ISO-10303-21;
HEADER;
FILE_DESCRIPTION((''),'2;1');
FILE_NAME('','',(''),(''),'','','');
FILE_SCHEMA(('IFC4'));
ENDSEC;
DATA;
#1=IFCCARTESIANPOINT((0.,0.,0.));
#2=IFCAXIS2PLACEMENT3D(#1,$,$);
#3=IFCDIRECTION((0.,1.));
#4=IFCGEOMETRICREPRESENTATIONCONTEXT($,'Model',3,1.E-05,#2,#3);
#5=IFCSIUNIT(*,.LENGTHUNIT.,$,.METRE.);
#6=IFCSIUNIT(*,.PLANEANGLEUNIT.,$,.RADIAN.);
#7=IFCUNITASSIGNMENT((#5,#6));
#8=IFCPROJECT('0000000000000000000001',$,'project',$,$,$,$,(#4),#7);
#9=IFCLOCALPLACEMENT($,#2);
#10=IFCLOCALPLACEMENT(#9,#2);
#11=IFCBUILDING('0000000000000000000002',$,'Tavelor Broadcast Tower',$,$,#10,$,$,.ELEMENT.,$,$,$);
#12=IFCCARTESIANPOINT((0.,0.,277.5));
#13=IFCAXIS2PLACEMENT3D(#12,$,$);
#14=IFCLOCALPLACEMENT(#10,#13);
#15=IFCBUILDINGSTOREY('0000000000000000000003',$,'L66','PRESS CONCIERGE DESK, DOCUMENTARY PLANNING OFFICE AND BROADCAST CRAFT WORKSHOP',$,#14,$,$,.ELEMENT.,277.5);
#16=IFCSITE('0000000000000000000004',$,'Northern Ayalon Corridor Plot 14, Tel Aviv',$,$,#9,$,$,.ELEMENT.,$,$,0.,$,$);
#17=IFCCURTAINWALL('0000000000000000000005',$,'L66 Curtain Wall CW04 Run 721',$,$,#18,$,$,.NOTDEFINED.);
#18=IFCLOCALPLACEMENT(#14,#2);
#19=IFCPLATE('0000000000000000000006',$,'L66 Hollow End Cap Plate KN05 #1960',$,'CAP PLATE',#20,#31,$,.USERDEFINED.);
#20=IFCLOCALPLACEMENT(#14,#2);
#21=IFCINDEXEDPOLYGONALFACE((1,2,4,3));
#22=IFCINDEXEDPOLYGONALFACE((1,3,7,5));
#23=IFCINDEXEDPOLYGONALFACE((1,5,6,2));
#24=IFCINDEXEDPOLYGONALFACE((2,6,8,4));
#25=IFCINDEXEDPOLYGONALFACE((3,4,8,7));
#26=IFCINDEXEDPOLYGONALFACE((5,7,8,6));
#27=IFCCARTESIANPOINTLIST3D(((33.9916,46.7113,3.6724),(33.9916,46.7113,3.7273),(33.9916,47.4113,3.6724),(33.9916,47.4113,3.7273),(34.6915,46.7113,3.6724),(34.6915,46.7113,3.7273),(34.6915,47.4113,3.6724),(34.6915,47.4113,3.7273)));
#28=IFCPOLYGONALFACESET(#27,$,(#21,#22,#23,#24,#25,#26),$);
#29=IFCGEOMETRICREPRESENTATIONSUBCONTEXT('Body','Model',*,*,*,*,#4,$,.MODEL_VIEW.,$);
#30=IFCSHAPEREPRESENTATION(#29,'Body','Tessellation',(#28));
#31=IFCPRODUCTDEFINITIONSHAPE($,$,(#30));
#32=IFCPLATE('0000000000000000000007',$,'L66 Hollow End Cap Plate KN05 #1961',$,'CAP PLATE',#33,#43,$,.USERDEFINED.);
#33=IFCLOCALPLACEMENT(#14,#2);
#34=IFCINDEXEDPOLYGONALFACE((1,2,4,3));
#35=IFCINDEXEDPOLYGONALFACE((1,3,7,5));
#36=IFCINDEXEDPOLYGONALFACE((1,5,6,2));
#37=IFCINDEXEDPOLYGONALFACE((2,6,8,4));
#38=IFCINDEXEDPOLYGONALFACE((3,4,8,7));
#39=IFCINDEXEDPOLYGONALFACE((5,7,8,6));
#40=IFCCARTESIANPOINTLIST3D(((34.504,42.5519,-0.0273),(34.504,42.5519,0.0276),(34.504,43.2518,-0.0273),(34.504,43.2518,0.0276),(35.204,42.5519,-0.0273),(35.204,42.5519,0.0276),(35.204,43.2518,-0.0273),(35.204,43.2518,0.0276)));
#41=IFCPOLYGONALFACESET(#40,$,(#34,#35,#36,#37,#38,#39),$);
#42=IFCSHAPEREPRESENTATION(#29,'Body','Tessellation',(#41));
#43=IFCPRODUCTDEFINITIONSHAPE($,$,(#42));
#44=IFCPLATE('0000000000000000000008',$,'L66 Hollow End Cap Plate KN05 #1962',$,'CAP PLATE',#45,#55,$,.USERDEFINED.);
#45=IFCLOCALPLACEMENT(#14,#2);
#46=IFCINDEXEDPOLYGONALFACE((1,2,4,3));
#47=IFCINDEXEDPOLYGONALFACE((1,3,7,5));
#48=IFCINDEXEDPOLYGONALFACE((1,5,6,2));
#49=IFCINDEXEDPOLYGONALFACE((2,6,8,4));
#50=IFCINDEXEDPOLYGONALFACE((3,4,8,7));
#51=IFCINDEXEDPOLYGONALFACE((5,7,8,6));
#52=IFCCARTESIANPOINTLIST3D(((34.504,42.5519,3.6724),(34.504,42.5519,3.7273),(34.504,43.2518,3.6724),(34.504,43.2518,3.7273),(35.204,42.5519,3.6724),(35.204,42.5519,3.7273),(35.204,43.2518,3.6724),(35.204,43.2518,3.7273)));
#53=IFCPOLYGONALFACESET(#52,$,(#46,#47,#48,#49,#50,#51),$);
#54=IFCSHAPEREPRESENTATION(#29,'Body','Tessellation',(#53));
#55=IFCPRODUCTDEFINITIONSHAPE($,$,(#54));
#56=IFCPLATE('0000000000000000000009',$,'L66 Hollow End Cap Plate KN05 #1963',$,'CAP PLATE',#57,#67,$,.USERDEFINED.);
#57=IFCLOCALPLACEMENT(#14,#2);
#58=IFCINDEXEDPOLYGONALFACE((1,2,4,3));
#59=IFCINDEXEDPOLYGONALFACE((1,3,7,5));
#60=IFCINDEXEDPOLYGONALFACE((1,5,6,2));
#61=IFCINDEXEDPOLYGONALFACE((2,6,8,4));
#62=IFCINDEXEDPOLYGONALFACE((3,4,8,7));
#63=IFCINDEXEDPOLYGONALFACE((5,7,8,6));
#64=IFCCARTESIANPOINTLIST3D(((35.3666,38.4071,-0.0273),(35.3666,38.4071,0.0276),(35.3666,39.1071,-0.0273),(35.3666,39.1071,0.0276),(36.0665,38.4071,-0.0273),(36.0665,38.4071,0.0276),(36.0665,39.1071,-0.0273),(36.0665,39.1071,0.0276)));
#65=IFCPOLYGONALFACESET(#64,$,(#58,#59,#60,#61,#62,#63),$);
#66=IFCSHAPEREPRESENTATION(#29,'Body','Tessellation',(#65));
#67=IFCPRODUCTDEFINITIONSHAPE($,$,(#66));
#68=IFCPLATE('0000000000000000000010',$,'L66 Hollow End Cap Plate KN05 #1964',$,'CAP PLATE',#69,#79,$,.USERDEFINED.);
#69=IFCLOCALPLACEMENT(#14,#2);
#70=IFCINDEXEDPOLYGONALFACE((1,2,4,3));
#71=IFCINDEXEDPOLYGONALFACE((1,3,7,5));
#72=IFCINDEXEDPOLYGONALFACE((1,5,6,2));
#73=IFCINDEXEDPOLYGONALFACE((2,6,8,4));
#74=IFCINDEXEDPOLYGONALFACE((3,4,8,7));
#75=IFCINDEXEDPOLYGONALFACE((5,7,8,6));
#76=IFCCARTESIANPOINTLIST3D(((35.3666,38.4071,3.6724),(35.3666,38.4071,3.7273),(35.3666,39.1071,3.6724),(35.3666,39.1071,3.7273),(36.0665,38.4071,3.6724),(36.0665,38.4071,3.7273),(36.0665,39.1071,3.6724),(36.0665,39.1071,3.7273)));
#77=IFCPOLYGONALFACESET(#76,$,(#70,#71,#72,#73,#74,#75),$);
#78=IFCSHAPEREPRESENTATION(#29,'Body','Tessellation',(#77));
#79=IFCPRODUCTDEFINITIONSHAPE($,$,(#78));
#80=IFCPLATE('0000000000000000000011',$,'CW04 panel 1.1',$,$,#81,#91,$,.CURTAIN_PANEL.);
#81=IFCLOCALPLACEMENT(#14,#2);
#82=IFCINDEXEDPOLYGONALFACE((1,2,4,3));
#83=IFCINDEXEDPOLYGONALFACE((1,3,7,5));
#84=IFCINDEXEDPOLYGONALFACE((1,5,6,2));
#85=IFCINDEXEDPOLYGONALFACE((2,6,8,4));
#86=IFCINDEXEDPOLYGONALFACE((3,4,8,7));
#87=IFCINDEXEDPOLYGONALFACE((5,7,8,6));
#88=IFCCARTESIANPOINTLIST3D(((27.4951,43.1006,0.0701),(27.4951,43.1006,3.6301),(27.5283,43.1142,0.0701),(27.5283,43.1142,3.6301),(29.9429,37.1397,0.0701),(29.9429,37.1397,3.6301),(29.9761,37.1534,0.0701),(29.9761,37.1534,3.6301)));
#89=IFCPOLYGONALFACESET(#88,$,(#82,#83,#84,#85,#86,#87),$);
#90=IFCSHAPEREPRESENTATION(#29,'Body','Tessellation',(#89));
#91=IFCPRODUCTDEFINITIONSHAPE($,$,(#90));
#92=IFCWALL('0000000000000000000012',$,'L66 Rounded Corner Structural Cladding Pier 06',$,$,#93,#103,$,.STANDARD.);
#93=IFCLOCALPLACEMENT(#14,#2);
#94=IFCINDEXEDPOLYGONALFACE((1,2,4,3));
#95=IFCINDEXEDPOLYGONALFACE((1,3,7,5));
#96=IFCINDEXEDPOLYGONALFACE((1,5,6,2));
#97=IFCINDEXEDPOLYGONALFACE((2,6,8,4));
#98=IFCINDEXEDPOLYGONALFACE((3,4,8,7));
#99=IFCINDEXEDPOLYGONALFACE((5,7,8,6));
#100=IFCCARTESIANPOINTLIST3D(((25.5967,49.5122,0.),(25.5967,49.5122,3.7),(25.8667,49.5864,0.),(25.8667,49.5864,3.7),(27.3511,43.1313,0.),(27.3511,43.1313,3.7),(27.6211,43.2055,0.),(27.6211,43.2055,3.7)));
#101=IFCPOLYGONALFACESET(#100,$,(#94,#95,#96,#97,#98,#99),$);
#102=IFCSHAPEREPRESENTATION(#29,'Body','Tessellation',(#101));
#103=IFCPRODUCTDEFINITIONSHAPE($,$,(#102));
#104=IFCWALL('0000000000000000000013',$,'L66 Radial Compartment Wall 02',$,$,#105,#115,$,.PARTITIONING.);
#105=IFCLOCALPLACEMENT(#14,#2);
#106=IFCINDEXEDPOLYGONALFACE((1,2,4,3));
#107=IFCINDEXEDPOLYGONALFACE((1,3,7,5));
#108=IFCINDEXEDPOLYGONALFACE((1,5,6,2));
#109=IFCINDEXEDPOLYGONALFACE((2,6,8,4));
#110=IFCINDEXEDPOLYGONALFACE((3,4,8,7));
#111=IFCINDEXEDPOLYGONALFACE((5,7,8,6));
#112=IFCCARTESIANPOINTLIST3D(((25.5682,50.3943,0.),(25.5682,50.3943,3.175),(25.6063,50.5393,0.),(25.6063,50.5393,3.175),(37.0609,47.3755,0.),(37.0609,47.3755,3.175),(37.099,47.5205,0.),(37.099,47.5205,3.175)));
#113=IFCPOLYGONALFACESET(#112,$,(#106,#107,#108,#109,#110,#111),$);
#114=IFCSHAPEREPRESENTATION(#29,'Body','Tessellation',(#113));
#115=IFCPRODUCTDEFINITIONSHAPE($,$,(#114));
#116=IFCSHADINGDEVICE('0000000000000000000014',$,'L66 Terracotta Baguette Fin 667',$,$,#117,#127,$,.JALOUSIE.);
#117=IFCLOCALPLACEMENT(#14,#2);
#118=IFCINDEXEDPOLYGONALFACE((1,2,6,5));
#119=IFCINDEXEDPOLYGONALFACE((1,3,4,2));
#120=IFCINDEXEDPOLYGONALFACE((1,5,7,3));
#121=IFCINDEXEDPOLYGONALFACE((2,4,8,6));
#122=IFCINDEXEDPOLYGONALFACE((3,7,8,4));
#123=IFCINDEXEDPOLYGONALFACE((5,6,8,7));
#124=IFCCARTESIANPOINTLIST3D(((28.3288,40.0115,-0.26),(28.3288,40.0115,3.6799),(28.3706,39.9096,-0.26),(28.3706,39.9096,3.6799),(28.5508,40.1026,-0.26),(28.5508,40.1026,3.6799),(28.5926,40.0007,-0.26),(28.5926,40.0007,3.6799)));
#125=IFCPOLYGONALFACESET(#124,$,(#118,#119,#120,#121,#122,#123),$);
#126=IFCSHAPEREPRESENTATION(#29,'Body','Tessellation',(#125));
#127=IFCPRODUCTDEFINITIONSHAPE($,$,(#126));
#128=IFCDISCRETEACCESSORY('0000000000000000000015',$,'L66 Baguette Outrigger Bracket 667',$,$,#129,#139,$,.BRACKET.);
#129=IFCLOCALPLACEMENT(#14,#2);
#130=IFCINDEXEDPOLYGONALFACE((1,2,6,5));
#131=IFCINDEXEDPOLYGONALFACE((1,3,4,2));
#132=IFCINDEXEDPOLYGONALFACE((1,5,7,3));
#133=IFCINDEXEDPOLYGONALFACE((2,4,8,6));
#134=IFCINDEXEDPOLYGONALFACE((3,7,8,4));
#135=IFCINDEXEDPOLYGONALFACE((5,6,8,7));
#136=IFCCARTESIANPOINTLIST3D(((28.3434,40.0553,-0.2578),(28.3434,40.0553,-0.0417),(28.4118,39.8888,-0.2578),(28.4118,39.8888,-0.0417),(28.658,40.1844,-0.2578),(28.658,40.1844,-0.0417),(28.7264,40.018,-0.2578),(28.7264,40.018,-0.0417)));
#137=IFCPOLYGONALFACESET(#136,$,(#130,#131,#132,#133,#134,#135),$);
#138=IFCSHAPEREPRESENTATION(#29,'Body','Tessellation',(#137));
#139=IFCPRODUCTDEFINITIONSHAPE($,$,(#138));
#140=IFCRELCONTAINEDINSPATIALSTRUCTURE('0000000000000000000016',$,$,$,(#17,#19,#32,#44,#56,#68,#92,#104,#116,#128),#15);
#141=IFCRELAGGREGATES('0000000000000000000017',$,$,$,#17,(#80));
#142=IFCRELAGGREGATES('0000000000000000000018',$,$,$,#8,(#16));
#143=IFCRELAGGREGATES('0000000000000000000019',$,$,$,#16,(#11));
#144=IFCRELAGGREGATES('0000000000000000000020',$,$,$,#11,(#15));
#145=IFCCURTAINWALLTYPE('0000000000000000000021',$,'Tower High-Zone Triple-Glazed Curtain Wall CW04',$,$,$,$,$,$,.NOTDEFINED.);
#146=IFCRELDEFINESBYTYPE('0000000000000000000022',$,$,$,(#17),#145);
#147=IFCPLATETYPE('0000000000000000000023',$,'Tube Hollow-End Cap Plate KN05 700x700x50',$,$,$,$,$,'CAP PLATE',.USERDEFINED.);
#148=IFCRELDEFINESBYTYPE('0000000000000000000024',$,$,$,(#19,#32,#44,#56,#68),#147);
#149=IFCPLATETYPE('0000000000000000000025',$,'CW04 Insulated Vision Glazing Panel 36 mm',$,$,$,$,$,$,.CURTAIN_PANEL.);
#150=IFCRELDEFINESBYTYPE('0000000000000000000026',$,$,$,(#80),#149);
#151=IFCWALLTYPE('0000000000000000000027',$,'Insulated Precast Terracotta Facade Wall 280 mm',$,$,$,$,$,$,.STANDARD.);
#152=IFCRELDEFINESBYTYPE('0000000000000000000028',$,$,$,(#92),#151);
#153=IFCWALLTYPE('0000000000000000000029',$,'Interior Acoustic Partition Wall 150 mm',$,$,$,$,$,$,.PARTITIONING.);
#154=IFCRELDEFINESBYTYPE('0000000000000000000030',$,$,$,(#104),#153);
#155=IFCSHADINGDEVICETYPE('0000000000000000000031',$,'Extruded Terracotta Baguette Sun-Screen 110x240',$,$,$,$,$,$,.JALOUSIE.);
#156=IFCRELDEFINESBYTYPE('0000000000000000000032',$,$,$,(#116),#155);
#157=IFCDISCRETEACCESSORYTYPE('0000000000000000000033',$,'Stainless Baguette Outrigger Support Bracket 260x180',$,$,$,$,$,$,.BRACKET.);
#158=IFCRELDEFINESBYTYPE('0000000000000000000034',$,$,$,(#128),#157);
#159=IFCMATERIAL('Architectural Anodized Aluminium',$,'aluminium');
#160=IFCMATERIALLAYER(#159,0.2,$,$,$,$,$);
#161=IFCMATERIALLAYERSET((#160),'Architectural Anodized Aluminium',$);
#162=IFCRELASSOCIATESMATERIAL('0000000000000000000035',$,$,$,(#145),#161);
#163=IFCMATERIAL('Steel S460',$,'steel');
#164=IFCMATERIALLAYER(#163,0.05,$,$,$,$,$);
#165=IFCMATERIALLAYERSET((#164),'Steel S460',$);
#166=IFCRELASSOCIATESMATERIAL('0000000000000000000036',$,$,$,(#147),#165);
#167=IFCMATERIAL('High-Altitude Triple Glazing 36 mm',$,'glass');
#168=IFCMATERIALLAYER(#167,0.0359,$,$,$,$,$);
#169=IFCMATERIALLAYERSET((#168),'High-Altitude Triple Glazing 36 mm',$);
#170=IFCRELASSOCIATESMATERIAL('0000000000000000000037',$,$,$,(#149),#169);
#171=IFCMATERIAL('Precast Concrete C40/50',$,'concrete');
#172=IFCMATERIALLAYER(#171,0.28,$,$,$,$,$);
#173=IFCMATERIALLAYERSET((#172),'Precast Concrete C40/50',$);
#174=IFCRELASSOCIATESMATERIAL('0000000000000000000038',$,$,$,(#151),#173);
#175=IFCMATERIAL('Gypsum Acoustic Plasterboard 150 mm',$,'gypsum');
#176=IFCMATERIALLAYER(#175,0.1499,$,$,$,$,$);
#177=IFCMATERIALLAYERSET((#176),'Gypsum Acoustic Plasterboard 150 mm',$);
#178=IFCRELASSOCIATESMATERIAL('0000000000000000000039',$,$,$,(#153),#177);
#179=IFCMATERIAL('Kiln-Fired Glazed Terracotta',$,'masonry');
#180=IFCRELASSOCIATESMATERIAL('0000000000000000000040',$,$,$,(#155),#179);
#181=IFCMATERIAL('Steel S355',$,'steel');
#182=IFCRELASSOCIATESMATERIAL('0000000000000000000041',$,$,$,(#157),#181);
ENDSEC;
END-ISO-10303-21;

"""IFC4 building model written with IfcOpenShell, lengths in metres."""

from ifc_helpers import new_model, si_unit, direction, frame, frame_2d, origin, origin_2d, place, context, subcontext, project, spatial, rectangle, extrude, source, transform, mapped, material, layer, layer_set, type_object, type_shapes, element, aggregate, save


model = new_model("IFC4")

# Units and contexts
model_context = context("Model", 3, precision=1e-05, world=origin(), true_north=direction((0.0, 1.0)))
body_context = subcontext(model_context, "Body", "Model", "MODEL_VIEW")
ifc_project = project(units=[si_unit("LENGTHUNIT", "METRE"), si_unit("PLANEANGLEUNIT", "RADIAN")], contexts=[model_context])

# Site, building, storey
site_placement = place(None, origin())
site = spatial("IfcSite", under=ifc_project, at=site_placement, Name="Northern Ayalon Corridor Plot 14, Tel Aviv", CompositionType="ELEMENT", RefElevation=0.0)
building_placement = place(site_placement, origin())
building = spatial("IfcBuilding", under=site, at=building_placement, Name="Tavelor Broadcast Tower", CompositionType="ELEMENT")
storey_placement = place(building_placement, frame((0.0, 0.0, 277.5)))
storey = spatial("IfcBuildingStorey", under=building, at=storey_placement, Name="L66", Description="PRESS CONCIERGE DESK, DOCUMENTARY PLANNING OFFICE AND BROADCAST CRAFT WORKSHOP", CompositionType="ELEMENT", Elevation=277.5)

# Shared definitions
ifc_material_1 = material(Name="Steel S460", Category="steel")

# Shared definitions
ifc_material_2 = material(Name="Steel S355", Category="steel")

# Curtain wall
ifc_material_3 = material(Name="Architectural Anodized Aluminium", Category="aluminium")
ifc_layer_1 = layer(ifc_material_3, 0.2)
ifc_layer_set_1 = layer_set([ifc_layer_1], Name="Architectural Anodized Aluminium")
curtain_wall_type = type_object("IfcCurtainWallType", Name="Tower High-Zone Triple-Glazed Curtain Wall CW04", PredefinedType="NOTDEFINED", material=ifc_layer_set_1)
curtain_wall_placement = place(storey_placement, origin())
curtain_wall = element("IfcCurtainWall", 1, at=curtain_wall_placement, inside=storey, type_object=curtain_wall_type, Name="L66 Curtain Wall CW04 Run 721", PredefinedType="NOTDEFINED")

# Plates
ifc_layer_2 = layer(ifc_material_1, 0.05)
ifc_layer_set_2 = layer_set([ifc_layer_2], Name="Steel S460")
plate_type_1 = type_object("IfcPlateType", Name="Tube Hollow-End Cap Plate KN05 700x700x50", ElementType="CAP PLATE", PredefinedType="USERDEFINED", material=ifc_layer_set_2)
shared_shape_1 = source(origin(), body_context, "Body", "SweptSolid", [
    extrude(rectangle(XDim=0.7, YDim=0.7, at=origin_2d()), origin(), (0.0, 0.0, 1.0), 0.0549),
])
type_shapes(plate_type_1, [shared_shape_1])
for number, where, z_axis, x_axis, name in (
    (2, (34.3416, 47.0613, 3.6724), (0.0, 0.0, 1.0), (1.0, 0.0, 0.0), "L66 Hollow End Cap Plate KN05 #1960"),
    (3, (34.854, 42.9019, -0.0273), (0.0, 0.0, 1.0), (1.0, 0.0, 0.0), "L66 Hollow End Cap Plate KN05 #1961"),
    (4, (34.854, 42.9019, 3.6724), (0.0, 0.0, 1.0), (1.0, 0.0, 0.0), "L66 Hollow End Cap Plate KN05 #1962"),
    (5, (35.7166, 38.7571, -0.0273), (0.0, 0.0, 1.0), (1.0, 0.0, 0.0), "L66 Hollow End Cap Plate KN05 #1963"),
    (6, (35.7166, 38.7571, 3.6724), (0.0, 0.0, 1.0), (1.0, 0.0, 0.0), "L66 Hollow End Cap Plate KN05 #1964"),
):
    element("IfcPlate", number, at=place(storey_placement, frame(where, z_axis=z_axis, x_axis=x_axis)), inside=storey, type_object=plate_type_1, Name=name, ObjectType="CAP PLATE", PredefinedType="USERDEFINED", context=body_context, shape_type="MappedRepresentation", body=[
        mapped(shared_shape_1, transform((0.0, 0.0, 0.0), scale=1.0)),
    ])

# Plate
ifc_material_4 = material(Name="High-Altitude Triple Glazing 36 mm", Category="glass")
ifc_layer_3 = layer(ifc_material_4, 0.0359)
ifc_layer_set_3 = layer_set([ifc_layer_3], Name="High-Altitude Triple Glazing 36 mm")
plate_type_2 = type_object("IfcPlateType", Name="CW04 Insulated Vision Glazing Panel 36 mm", PredefinedType="CURTAIN_PANEL", material=ifc_layer_set_3)
shared_shape_2 = source(origin(), body_context, "Body", "SweptSolid", [
    extrude(rectangle(XDim=6.4438, YDim=0.0359, at=origin_2d()), origin(), (0.0, 0.0, 1.0), 3.5601),
])
type_shapes(plate_type_2, [shared_shape_2])
plate_placement = place(storey_placement, frame((28.7356, 40.127, 0.0701), z_axis=(0.0, 0.0, 1.0), x_axis=(0.379865, -0.925042, 0.0)))
plate = element("IfcPlate", 7, at=plate_placement, type_object=plate_type_2, Name="CW04 panel 1.1", PredefinedType="CURTAIN_PANEL", context=body_context, shape_type="MappedRepresentation", body=[
    mapped(shared_shape_2, transform((0.0, 0.0, 0.0), scale=1.0)),
])
aggregate(curtain_wall, [plate])

# Walls
ifc_material_5 = material(Name="Precast Concrete C40/50", Category="concrete")
ifc_layer_4 = layer(ifc_material_5, 0.28)
ifc_layer_set_4 = layer_set([ifc_layer_4], Name="Precast Concrete C40/50")
wall_type_1 = type_object("IfcWallType", Name="Insulated Precast Terracotta Facade Wall 280 mm", PredefinedType="STANDARD", material=ifc_layer_set_4)
wall_1_placement = place(storey_placement, frame((25.7317, 49.5493, 0.0), z_axis=(0.0, 0.0, 1.0), x_axis=(0.265108, -0.964219, 0.0)))
element("IfcWall", 8, at=wall_1_placement, inside=storey, type_object=wall_type_1, Name="L66 Rounded Corner Structural Cladding Pier 06", PredefinedType="STANDARD", context=body_context, shape_type="SweptSolid", body=[
    extrude(rectangle(XDim=6.6177, YDim=0.28, at=frame_2d((3.3088, 0.0))), origin(), (0.0, 0.0, 1.0), 3.7),
])
ifc_material_6 = material(Name="Gypsum Acoustic Plasterboard 150 mm", Category="gypsum")
ifc_layer_5 = layer(ifc_material_6, 0.1499)
ifc_layer_set_5 = layer_set([ifc_layer_5], Name="Gypsum Acoustic Plasterboard 150 mm")
wall_type_2 = type_object("IfcWallType", Name="Interior Acoustic Partition Wall 150 mm", PredefinedType="PARTITIONING", material=ifc_layer_set_5)
wall_2_placement = place(storey_placement, frame((37.0801, 47.448, 0.0), z_axis=(0.0, 0.0, 1.0), x_axis=(-0.96719, 0.254053, 0.0)))
element("IfcWall", 9, at=wall_2_placement, inside=storey, type_object=wall_type_2, Name="L66 Radial Compartment Wall 02", PredefinedType="PARTITIONING", context=body_context, shape_type="SweptSolid", body=[
    extrude(rectangle(XDim=11.8826, YDim=0.1499, at=frame_2d((5.9414, 0.0))), origin(), (0.0, 0.0, 1.0), 3.175),
])

# Shading device
ifc_material_7 = material(Name="Kiln-Fired Glazed Terracotta", Category="masonry")
shading_device_type = type_object("IfcShadingDeviceType", Name="Extruded Terracotta Baguette Sun-Screen 110x240", PredefinedType="JALOUSIE", material=ifc_material_7)
shared_shape_3 = source(origin(), body_context, "Body", "SweptSolid", [
    extrude(rectangle(XDim=0.1101, YDim=0.24, at=origin_2d()), origin(), (0.0, 0.0, 1.0), 3.9399),
])
type_shapes(shading_device_type, [shared_shape_3])
shading_device_placement = place(storey_placement, frame((28.4607, 40.0061, -0.26), z_axis=(0.0, 0.0, 1.0), x_axis=(0.379779, -0.925077, 0.0)))
element("IfcShadingDevice", 10, at=shading_device_placement, inside=storey, type_object=shading_device_type, Name="L66 Terracotta Baguette Fin 667", PredefinedType="JALOUSIE", context=body_context, shape_type="MappedRepresentation", body=[
    mapped(shared_shape_3, transform((0.0, 0.0, 0.0), scale=1.0)),
])

# Discrete accessory
discrete_accessory_type = type_object("IfcDiscreteAccessoryType", Name="Stainless Baguette Outrigger Support Bracket 260x180", PredefinedType="BRACKET", material=ifc_material_2)
shared_shape_4 = source(origin(), body_context, "Body", "SweptSolid", [
    extrude(rectangle(XDim=0.1799, YDim=0.3401, at=origin_2d()), origin(), (0.0, 0.0, 1.0), 0.2161),
])
type_shapes(discrete_accessory_type, [shared_shape_4])
discrete_accessory_placement = place(storey_placement, frame((28.5349, 40.0366, -0.2578), z_axis=(0.0, 0.0, 1.0), x_axis=(0.379779, -0.925077, 0.0)))
element("IfcDiscreteAccessory", 11, at=discrete_accessory_placement, inside=storey, type_object=discrete_accessory_type, Name="L66 Baguette Outrigger Bracket 667", PredefinedType="BRACKET", context=body_context, shape_type="MappedRepresentation", body=[
    mapped(shared_shape_4, transform((0.0, 0.0, 0.0), scale=1.0)),
])

save(model, "model.ifc")
